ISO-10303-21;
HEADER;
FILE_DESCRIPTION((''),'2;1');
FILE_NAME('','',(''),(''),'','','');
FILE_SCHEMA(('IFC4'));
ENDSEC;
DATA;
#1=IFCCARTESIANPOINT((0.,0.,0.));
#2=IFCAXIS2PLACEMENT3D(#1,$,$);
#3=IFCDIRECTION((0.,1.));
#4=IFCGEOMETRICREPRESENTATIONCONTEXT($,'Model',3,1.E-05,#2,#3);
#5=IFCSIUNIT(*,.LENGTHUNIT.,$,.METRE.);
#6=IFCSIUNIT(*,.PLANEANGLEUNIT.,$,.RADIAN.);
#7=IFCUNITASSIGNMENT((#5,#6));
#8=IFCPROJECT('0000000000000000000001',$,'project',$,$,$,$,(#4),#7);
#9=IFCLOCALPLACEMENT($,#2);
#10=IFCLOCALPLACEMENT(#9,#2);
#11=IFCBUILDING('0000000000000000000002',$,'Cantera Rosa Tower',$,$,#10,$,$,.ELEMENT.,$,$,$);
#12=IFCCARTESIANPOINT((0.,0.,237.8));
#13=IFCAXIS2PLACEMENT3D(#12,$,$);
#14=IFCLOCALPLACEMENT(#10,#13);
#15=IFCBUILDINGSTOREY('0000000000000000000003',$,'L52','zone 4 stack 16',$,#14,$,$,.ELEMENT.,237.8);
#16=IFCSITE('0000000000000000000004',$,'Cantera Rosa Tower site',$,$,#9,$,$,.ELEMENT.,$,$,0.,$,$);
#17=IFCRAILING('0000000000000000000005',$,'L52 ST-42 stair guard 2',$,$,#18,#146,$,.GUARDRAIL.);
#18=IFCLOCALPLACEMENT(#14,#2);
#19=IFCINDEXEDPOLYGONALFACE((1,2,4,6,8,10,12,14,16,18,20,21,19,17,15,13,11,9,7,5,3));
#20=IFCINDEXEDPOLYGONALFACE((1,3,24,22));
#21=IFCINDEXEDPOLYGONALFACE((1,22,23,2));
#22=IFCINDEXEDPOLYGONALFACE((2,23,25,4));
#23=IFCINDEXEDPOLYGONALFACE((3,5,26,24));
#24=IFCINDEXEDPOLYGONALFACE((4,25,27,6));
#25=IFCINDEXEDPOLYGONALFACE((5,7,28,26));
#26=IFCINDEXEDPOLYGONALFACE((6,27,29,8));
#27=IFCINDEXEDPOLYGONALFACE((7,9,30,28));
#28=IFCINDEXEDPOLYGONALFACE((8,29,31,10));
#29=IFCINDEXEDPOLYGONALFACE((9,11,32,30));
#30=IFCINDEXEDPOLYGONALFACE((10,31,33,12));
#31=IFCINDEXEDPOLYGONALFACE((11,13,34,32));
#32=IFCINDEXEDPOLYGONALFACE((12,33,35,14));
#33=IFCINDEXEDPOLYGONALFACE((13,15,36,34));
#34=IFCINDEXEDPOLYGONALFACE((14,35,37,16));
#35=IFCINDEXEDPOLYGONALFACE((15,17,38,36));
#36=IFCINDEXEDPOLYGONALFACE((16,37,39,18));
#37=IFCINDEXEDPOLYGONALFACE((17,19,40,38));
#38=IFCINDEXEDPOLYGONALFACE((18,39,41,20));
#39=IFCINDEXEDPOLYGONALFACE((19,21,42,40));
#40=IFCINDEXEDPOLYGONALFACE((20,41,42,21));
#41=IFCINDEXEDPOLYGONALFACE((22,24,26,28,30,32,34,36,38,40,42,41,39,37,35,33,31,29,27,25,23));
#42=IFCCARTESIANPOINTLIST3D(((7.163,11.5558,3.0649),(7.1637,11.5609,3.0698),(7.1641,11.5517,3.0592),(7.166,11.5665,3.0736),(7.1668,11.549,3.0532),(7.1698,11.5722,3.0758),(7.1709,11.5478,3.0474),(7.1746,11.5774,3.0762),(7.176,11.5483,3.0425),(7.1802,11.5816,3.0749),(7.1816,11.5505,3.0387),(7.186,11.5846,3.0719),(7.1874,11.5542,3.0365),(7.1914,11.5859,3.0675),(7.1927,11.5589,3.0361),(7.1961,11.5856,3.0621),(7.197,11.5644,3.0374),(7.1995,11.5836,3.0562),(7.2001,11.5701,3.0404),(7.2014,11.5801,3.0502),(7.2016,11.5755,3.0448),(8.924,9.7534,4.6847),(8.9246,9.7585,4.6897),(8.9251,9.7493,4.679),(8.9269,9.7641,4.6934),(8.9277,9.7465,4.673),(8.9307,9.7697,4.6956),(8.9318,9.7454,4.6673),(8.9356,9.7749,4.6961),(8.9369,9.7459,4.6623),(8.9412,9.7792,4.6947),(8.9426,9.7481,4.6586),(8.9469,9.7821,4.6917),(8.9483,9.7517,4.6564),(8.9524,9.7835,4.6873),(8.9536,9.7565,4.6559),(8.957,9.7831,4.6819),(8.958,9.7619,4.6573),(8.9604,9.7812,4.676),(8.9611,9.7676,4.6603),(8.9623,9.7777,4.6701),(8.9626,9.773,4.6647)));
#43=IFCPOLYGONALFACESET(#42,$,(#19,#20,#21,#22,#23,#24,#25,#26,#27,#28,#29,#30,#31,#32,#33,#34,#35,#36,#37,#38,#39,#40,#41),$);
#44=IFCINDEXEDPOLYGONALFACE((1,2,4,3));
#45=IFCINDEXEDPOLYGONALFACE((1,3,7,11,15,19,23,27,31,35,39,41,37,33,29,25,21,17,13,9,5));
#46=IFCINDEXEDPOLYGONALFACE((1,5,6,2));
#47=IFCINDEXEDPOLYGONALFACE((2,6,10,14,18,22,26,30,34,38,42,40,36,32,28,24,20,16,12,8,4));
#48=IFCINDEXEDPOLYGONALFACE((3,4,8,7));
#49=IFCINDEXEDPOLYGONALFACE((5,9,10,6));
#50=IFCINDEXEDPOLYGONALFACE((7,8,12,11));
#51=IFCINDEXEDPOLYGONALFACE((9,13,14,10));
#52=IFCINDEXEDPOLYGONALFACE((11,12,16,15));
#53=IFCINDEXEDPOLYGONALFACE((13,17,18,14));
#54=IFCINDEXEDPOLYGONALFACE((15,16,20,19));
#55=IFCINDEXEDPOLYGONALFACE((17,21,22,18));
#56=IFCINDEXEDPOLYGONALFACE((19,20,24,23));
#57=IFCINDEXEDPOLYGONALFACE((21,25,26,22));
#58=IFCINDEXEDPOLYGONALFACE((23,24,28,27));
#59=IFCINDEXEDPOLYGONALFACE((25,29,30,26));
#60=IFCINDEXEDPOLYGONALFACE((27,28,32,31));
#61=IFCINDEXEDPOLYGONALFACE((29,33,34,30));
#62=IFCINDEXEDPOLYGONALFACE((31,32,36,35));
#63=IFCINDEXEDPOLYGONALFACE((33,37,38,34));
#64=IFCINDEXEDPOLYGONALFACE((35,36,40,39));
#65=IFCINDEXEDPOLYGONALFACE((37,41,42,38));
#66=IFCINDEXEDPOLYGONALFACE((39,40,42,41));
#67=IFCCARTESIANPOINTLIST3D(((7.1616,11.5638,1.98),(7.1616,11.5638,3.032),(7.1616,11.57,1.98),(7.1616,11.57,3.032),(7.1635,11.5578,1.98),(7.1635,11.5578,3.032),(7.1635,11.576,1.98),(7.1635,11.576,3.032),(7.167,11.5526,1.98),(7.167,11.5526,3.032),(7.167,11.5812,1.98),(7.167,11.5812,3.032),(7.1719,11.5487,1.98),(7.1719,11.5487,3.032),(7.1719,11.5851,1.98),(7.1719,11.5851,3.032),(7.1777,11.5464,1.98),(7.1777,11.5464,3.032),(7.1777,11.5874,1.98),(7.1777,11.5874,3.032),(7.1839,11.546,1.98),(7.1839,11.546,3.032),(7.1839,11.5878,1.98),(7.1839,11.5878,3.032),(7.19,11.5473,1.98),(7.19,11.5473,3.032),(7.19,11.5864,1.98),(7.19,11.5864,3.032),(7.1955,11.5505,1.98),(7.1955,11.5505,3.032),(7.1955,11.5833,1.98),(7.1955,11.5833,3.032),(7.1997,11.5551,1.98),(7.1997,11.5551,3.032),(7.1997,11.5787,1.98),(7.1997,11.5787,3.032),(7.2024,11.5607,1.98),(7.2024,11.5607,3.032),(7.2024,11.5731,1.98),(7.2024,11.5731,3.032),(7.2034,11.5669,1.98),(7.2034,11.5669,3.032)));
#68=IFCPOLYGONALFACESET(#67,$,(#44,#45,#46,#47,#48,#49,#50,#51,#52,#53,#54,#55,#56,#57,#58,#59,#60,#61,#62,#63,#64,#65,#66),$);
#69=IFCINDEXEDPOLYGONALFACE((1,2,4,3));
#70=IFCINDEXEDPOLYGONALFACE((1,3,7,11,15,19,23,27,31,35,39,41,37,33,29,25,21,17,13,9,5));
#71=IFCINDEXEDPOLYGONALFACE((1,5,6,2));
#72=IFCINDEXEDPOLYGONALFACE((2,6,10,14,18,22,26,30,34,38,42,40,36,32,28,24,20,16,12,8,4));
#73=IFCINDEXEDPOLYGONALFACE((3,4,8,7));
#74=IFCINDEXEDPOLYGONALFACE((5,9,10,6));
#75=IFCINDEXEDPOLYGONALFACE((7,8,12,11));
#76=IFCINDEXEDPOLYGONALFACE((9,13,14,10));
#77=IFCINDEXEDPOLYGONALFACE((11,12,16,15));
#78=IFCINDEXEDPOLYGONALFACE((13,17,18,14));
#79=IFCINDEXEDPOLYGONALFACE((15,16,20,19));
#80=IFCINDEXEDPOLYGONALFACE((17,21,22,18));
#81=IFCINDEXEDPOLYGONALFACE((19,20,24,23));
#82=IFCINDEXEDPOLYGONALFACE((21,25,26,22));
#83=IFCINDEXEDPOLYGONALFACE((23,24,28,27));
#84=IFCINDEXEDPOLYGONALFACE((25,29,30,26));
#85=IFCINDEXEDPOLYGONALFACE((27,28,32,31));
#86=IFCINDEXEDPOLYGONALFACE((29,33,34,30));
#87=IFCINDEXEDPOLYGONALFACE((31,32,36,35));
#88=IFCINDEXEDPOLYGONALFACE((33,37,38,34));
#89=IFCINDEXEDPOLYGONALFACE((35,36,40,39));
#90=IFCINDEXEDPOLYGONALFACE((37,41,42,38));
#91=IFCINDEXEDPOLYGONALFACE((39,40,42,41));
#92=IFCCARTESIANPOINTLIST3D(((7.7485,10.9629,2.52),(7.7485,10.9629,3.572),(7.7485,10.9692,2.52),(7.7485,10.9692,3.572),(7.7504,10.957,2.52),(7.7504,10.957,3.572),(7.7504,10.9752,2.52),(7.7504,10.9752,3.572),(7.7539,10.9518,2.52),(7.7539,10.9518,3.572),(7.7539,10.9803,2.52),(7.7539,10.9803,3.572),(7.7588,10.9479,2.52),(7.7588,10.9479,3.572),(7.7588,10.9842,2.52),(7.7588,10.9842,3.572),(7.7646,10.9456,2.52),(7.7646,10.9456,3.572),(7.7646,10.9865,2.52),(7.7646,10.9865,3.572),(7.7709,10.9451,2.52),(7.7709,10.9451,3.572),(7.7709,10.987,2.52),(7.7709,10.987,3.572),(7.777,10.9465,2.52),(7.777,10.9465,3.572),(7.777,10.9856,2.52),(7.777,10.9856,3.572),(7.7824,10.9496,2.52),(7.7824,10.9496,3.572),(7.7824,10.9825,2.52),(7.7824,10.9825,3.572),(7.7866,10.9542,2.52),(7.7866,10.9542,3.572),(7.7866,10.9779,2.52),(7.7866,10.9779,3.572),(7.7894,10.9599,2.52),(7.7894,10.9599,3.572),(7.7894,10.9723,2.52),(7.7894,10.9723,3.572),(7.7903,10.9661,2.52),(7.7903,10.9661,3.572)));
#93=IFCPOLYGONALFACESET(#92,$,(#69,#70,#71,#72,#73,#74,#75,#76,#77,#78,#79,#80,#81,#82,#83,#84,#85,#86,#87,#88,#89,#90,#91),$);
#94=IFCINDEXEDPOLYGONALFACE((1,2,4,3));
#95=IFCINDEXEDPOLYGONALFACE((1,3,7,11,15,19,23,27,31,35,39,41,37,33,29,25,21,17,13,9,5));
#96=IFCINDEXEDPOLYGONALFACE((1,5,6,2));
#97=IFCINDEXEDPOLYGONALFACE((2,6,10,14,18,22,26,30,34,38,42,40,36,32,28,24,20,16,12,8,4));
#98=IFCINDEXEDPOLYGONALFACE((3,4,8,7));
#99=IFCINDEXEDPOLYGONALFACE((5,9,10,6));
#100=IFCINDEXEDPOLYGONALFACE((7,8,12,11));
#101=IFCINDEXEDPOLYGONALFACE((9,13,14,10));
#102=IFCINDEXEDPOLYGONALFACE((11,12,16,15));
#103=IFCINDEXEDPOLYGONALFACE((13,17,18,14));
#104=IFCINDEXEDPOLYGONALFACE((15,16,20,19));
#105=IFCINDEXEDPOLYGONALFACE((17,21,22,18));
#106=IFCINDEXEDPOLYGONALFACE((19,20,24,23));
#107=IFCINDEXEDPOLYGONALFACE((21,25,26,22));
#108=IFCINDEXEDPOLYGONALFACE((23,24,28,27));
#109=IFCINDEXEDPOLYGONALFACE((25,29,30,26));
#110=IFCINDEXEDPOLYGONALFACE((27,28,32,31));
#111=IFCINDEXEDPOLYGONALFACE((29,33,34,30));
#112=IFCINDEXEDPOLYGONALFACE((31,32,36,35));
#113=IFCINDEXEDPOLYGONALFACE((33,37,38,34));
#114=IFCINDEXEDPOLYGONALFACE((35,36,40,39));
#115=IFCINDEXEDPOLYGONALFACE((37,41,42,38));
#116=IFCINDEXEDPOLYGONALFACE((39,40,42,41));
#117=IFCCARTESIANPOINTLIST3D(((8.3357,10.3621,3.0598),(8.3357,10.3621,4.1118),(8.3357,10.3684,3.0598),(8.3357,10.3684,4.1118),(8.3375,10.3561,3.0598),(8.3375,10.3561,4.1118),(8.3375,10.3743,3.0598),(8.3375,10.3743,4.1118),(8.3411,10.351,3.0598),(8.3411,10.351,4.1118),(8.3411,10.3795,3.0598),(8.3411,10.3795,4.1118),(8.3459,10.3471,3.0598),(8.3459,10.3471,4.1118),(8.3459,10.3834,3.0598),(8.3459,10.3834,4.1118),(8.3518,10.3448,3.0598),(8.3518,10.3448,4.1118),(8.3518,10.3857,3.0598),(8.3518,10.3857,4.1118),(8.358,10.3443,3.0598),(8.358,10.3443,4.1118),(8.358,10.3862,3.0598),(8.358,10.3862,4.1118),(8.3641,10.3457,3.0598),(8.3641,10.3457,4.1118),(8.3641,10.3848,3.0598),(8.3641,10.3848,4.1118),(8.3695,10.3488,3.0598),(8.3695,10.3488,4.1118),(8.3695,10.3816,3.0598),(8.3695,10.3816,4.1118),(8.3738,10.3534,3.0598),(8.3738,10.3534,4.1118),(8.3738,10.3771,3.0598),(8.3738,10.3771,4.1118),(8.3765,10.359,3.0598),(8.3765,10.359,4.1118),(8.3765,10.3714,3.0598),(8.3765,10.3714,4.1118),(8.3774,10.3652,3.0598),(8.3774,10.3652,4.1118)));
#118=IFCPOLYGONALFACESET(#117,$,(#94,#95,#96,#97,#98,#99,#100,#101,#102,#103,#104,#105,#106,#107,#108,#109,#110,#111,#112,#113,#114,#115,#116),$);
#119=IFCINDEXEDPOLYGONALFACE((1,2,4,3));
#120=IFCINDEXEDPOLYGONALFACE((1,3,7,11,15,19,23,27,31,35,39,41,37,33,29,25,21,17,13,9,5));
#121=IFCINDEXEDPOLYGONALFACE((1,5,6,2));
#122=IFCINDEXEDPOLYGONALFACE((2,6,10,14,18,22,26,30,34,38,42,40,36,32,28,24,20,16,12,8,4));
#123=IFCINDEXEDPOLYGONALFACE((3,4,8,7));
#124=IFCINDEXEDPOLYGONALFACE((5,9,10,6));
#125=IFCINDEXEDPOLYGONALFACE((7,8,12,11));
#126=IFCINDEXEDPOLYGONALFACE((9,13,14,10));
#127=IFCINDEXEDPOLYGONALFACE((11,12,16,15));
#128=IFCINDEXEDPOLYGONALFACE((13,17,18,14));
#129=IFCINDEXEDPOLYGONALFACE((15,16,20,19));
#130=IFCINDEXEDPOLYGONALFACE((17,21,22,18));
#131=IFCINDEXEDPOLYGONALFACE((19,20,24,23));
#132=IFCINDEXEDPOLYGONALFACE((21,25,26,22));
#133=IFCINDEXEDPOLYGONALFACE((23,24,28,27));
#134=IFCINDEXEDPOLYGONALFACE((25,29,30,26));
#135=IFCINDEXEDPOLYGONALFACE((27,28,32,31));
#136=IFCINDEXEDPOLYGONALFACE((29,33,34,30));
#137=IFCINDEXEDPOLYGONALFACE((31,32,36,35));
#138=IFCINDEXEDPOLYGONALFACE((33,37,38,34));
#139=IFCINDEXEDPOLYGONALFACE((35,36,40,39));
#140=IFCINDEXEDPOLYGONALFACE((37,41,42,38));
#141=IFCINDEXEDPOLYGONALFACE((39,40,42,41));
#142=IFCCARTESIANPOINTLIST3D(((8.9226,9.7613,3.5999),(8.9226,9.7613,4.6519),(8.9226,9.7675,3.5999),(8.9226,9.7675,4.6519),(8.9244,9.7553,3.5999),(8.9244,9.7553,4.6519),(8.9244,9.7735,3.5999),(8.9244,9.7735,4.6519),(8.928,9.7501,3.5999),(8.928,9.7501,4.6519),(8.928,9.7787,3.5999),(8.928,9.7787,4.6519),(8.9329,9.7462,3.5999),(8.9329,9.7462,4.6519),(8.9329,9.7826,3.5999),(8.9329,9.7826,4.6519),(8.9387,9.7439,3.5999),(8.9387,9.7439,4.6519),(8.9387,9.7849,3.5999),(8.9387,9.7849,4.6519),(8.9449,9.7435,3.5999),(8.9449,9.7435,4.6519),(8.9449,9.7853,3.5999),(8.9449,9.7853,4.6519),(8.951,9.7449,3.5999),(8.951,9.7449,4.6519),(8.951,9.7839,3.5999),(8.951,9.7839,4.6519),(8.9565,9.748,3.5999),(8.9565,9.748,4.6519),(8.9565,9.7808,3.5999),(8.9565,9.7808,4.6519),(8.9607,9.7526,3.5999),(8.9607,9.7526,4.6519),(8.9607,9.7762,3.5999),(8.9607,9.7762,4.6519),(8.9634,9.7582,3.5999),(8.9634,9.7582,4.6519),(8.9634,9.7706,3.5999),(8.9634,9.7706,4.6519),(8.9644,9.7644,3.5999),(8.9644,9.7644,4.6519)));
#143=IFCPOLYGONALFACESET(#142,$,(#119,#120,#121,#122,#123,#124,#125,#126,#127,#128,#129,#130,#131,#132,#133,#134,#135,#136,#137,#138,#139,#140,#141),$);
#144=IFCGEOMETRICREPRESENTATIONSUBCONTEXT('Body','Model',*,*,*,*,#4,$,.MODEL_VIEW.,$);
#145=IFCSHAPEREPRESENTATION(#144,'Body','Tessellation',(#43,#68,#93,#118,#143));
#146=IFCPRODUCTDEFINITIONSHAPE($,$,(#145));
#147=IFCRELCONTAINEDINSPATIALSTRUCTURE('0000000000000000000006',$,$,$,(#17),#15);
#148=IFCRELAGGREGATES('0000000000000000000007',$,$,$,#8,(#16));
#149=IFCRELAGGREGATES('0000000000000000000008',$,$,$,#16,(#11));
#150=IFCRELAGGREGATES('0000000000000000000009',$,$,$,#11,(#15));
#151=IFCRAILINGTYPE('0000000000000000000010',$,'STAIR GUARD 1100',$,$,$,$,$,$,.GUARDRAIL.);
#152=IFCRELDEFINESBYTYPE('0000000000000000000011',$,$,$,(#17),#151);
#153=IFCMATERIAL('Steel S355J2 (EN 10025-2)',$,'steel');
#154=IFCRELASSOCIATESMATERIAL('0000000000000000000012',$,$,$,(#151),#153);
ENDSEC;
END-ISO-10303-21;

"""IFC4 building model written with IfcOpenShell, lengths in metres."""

from ifc_helpers import new_model, si_unit, direction, frame, origin, origin_2d, place, context, subcontext, project, spatial, circle, extrude, material, type_object, element, save


model = new_model("IFC4")

# Units and contexts
model_context = context("Model", 3, precision=1e-05, world=origin(), true_north=direction((0.0, 1.0)))
body_context = subcontext(model_context, "Body", "Model", "MODEL_VIEW")
ifc_project = project(units=[si_unit("LENGTHUNIT", "METRE"), si_unit("PLANEANGLEUNIT", "RADIAN")], contexts=[model_context])

# Site, building, storey
site_placement = place(None, origin())
site = spatial("IfcSite", under=ifc_project, at=site_placement, Name="Cantera Rosa Tower site", CompositionType="ELEMENT", RefElevation=0.0)
building_placement = place(site_placement, origin())
building = spatial("IfcBuilding", under=site, at=building_placement, Name="Cantera Rosa Tower", CompositionType="ELEMENT")
storey_placement = place(building_placement, frame((0.0, 0.0, 237.8)))
storey = spatial("IfcBuildingStorey", under=building, at=storey_placement, Name="L52", Description="zone 4 stack 16", CompositionType="ELEMENT", Elevation=237.8)

# Railing
ifc_material_1 = material(Name="Steel S355J2 (EN 10025-2)", Category="steel")
railing_type_1 = type_object("IfcRailingType", Name="STAIR GUARD 1100", PredefinedType="GUARDRAIL", material=ifc_material_1)
railing_1_placement = place(storey_placement, frame((7.1824, 11.5669, 1.98)))
element("IfcRailing", 1, at=railing_1_placement, inside=storey, type_object=railing_type_1, Name="L52 ST-42 stair guard 2", PredefinedType="GUARDRAIL", context=body_context, shape_type="SweptSolid", body=[
    extrude(circle(Radius=0.0239, at=origin_2d()), frame((0.0, 0.0, 1.0762), z_axis=(0.587844, -0.601699, 0.540738), x_axis=(0.715294, 0.698824, 0.0)), (0.0, 0.0, 1.0), 2.9956),
    extrude(circle(Radius=0.021, at=origin_2d()), origin(), (0.0, 0.0, 1.0), 1.052),
    extrude(circle(Radius=0.021, at=origin_2d()), frame((0.5869, -0.6008, 0.54)), (0.0, 0.0, 1.0), 1.052),
    extrude(circle(Radius=0.021, at=origin_2d()), frame((1.1741, -1.2017, 1.0798)), (0.0, 0.0, 1.0), 1.052),
    extrude(circle(Radius=0.021, at=origin_2d()), frame((1.761, -1.8025, 1.6199)), (0.0, 0.0, 1.0), 1.052),
])

save(model, "model.ifc")
